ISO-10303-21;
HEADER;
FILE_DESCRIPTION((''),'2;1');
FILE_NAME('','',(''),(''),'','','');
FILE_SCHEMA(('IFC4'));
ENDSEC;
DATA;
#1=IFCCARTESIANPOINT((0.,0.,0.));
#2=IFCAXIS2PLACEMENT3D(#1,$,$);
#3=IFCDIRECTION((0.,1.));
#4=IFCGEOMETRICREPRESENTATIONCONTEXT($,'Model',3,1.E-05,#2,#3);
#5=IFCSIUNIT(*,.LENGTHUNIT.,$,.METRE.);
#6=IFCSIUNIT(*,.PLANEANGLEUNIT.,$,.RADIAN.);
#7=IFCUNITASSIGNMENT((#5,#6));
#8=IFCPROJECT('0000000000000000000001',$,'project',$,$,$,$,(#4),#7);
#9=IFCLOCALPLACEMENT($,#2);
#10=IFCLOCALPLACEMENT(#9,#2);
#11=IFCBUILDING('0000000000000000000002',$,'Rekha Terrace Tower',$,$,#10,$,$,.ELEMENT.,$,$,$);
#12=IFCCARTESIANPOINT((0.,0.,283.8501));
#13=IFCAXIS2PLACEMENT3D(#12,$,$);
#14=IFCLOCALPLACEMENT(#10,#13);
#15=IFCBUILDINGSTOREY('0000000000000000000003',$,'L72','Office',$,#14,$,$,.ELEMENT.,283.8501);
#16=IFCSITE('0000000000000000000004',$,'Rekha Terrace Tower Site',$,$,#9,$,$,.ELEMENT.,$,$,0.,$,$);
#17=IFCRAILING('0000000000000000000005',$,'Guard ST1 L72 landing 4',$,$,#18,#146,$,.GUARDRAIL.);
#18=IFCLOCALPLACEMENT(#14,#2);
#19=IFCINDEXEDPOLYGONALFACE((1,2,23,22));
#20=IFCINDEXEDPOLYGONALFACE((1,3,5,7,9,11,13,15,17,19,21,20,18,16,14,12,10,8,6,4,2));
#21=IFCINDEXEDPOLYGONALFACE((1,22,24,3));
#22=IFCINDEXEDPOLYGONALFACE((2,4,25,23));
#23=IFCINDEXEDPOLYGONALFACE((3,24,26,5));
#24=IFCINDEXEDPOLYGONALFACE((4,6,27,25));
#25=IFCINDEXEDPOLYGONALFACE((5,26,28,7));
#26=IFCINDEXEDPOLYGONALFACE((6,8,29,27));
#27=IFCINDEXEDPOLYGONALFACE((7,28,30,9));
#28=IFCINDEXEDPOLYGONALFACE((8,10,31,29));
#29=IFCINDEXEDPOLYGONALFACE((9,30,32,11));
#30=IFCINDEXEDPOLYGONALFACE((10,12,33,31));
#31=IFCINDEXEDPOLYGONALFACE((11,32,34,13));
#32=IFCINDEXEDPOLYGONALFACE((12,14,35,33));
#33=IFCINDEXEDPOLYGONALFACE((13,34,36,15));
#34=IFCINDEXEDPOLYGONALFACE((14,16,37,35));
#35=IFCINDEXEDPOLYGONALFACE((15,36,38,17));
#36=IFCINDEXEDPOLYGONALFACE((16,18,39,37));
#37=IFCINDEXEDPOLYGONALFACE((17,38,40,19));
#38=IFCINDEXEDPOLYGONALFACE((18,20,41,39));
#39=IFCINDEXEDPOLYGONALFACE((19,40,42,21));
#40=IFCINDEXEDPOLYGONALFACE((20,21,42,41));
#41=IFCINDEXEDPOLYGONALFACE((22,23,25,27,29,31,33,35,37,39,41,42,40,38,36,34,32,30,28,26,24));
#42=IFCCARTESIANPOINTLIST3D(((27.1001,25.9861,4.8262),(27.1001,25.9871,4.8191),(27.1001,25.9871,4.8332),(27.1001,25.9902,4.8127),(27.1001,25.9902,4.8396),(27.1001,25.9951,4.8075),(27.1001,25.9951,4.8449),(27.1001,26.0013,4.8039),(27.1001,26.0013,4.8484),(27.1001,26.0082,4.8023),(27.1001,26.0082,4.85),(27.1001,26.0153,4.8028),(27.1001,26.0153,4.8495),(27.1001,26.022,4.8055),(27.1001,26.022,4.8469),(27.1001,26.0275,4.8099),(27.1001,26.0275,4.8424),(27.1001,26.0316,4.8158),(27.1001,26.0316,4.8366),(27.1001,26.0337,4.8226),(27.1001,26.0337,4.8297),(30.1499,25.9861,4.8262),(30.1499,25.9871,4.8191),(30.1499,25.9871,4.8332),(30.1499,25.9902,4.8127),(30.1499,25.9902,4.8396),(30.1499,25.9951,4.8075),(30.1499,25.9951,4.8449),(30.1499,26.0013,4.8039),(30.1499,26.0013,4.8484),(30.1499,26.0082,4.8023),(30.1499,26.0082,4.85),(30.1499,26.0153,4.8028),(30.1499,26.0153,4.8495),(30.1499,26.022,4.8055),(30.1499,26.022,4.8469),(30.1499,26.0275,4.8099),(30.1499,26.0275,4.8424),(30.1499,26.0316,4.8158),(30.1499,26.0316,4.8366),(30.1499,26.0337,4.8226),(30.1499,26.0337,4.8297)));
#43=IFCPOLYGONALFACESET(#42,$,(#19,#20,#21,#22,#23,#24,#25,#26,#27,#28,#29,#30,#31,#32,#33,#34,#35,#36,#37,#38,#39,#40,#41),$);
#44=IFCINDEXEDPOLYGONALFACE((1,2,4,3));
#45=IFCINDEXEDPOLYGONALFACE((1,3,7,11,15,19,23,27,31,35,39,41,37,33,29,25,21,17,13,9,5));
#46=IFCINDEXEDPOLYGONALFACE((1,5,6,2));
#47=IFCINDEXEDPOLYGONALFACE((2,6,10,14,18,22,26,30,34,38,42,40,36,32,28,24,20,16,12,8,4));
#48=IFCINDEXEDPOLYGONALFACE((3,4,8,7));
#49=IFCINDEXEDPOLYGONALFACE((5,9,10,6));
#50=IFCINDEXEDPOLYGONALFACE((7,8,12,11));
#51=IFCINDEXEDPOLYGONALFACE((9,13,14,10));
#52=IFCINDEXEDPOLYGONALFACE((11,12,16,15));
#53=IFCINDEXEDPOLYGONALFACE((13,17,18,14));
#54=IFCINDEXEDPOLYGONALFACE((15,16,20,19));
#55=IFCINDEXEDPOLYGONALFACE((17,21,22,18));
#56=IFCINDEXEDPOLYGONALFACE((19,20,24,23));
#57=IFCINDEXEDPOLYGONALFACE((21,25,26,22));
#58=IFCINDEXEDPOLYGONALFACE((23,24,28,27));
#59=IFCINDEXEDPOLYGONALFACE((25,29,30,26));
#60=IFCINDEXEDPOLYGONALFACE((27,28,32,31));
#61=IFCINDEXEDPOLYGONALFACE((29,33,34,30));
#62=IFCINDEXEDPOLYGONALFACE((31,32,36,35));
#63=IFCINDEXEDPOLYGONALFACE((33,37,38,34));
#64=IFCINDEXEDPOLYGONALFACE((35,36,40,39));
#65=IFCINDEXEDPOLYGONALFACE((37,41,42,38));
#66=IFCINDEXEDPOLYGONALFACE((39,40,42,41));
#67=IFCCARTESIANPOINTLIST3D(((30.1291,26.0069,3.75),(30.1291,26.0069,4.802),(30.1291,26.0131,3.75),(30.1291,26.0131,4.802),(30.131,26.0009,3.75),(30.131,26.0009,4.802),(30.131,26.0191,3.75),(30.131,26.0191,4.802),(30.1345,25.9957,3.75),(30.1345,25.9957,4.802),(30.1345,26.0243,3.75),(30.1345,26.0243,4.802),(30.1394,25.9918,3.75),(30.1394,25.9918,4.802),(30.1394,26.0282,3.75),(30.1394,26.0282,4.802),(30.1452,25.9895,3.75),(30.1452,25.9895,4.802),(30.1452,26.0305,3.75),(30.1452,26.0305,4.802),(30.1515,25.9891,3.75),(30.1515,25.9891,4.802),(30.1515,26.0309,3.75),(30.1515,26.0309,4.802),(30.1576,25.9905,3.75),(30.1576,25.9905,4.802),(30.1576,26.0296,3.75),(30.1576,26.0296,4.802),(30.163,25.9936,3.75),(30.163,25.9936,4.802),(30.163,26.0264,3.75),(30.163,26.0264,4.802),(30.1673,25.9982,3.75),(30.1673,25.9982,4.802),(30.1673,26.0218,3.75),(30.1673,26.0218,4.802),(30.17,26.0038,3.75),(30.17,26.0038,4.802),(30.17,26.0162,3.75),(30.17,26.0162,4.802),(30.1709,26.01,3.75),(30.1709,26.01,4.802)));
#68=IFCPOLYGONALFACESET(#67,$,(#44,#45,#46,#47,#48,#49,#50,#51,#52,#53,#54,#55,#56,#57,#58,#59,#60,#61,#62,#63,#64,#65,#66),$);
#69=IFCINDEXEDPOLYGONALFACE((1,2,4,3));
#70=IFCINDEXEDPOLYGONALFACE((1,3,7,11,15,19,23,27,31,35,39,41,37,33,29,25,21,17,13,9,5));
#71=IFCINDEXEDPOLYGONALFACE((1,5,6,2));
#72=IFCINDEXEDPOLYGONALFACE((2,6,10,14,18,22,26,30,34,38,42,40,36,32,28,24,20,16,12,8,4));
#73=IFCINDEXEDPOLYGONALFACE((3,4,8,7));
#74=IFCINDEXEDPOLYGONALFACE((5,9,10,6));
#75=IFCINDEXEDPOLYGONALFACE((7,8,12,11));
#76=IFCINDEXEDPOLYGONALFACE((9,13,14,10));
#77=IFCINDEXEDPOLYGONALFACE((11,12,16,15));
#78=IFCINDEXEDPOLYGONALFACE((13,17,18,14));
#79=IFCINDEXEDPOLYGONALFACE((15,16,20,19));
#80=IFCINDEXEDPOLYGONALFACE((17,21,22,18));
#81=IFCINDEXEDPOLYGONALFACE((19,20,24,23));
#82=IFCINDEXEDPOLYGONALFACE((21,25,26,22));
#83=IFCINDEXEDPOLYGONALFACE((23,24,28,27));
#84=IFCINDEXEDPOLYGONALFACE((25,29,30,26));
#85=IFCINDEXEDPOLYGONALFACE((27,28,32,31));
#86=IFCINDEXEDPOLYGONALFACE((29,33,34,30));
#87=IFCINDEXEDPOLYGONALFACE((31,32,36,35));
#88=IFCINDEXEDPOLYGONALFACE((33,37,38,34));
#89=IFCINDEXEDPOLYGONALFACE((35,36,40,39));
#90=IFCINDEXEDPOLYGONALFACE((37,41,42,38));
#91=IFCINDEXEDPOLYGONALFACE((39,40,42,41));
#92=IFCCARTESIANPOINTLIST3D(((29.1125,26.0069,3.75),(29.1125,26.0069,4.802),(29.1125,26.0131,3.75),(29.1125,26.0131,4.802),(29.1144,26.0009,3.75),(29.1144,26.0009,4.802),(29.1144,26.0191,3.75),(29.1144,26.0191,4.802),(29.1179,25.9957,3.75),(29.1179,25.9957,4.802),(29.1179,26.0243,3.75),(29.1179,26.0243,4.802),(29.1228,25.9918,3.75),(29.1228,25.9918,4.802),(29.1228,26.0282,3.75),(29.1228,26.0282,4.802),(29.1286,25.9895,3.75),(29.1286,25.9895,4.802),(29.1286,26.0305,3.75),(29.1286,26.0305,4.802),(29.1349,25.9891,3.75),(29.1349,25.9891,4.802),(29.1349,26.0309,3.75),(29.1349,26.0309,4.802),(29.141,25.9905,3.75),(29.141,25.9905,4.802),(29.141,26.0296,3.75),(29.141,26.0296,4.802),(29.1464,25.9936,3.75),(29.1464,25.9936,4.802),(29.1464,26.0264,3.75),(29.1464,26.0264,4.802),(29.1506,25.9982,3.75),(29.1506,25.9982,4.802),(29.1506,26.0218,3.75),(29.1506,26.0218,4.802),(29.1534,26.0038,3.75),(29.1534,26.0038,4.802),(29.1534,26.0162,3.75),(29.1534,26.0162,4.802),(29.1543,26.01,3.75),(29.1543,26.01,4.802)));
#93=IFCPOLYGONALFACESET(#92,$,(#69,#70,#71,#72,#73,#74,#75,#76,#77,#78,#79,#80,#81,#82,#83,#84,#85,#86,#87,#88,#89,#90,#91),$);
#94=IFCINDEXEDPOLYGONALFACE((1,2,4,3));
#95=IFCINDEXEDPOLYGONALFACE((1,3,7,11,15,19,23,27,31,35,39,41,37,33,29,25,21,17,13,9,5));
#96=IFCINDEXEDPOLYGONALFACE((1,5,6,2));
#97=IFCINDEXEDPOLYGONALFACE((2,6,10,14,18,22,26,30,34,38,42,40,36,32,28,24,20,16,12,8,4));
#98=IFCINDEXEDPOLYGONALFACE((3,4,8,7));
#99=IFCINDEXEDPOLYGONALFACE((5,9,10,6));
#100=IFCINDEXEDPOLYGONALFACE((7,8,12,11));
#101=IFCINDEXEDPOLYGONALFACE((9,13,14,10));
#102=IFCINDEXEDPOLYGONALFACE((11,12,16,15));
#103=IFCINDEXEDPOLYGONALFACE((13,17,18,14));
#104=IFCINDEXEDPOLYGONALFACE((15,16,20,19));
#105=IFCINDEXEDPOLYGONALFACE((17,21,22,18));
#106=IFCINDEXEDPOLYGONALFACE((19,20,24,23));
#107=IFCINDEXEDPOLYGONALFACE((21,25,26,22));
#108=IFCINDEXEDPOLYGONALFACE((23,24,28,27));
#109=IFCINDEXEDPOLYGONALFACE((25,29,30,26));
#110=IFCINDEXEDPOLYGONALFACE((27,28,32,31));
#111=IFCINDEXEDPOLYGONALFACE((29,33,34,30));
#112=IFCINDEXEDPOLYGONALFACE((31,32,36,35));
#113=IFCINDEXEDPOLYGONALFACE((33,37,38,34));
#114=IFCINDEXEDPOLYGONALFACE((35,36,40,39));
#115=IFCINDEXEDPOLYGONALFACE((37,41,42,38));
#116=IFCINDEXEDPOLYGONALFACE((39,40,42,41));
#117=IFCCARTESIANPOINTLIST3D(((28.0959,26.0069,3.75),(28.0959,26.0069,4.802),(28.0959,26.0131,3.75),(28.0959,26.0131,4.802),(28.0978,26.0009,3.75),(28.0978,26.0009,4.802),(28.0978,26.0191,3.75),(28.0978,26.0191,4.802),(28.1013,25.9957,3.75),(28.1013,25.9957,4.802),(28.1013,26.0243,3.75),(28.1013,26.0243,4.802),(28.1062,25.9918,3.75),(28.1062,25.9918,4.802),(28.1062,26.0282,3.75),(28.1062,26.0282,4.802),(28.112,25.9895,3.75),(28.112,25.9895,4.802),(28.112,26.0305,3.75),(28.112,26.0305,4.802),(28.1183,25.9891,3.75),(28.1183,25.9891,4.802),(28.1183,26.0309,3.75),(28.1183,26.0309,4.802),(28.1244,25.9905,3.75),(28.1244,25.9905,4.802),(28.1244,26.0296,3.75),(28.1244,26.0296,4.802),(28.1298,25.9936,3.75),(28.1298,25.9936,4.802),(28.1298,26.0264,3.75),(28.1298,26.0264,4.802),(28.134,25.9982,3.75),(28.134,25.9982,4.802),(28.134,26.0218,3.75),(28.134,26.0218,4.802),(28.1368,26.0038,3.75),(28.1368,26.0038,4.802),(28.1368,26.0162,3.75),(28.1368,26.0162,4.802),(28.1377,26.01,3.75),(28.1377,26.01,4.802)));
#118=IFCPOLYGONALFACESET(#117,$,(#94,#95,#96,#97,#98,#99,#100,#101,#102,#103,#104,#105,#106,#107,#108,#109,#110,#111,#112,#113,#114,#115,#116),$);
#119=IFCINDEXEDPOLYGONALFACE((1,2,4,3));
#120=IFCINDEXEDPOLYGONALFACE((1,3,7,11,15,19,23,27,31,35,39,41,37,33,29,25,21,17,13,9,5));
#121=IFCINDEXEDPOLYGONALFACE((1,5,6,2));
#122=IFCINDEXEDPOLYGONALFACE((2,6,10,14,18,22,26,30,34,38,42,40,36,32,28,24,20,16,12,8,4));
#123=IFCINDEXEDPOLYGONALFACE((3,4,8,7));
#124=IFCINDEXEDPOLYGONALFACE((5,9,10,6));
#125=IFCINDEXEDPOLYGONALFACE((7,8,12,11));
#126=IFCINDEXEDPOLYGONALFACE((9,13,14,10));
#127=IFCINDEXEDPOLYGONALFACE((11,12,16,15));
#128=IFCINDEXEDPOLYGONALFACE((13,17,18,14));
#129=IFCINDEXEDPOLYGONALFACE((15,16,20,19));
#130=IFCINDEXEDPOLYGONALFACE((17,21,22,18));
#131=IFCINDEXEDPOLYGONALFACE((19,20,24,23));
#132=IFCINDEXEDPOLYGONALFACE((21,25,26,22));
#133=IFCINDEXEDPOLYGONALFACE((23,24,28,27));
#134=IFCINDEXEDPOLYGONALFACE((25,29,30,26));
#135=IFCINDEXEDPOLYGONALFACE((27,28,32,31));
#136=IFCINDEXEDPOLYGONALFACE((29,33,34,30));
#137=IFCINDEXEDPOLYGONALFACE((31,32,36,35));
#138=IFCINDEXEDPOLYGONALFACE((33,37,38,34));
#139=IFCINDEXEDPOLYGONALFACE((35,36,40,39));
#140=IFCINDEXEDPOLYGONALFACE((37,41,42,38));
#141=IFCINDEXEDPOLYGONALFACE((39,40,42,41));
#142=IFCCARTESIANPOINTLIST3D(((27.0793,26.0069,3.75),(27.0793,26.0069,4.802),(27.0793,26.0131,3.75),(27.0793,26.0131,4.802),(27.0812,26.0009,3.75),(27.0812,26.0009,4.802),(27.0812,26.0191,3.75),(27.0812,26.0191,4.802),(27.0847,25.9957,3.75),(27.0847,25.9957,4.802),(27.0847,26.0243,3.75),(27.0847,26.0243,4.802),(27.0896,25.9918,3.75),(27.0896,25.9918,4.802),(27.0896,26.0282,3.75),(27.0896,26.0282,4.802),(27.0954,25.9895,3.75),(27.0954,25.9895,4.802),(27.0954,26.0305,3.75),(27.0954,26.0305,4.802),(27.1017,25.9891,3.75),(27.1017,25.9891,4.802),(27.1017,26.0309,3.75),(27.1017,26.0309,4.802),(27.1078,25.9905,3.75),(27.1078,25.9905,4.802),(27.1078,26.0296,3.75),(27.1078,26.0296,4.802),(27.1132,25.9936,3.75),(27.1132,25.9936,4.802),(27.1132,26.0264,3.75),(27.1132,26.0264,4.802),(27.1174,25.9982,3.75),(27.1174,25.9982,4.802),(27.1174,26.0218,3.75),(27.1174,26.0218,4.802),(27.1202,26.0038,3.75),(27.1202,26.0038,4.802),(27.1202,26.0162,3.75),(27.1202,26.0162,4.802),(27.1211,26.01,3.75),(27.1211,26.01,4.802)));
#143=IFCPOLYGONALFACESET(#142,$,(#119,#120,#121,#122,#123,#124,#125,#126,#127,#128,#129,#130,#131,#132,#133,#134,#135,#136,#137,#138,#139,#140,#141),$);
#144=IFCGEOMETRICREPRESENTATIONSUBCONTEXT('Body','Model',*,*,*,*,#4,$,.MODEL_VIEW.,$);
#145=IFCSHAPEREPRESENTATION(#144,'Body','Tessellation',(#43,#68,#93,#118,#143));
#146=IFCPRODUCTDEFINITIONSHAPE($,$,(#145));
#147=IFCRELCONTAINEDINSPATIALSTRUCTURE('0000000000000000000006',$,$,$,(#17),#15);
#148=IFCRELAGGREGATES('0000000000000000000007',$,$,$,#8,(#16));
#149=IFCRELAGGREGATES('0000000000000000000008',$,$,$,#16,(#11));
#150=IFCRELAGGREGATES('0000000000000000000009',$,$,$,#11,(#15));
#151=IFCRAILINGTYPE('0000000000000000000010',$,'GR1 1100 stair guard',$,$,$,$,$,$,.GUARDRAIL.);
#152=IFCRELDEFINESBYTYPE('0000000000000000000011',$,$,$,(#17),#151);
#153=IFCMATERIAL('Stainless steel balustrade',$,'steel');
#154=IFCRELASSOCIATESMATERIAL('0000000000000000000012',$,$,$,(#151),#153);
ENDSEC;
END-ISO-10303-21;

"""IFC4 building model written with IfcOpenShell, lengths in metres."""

from ifc_helpers import new_model, si_unit, direction, frame, origin, origin_2d, place, context, subcontext, project, spatial, circle, extrude, material, type_object, element, save


model = new_model("IFC4")

# Units and contexts
model_context = context("Model", 3, precision=1e-05, world=origin(), true_north=direction((0.0, 1.0)))
body_context = subcontext(model_context, "Body", "Model", "MODEL_VIEW")
ifc_project = project(units=[si_unit("LENGTHUNIT", "METRE"), si_unit("PLANEANGLEUNIT", "RADIAN")], contexts=[model_context])

# Site, building, storey
site_placement = place(None, origin())
site = spatial("IfcSite", under=ifc_project, at=site_placement, Name="Rekha Terrace Tower Site", CompositionType="ELEMENT", RefElevation=0.0)
building_placement = place(site_placement, origin())
building = spatial("IfcBuilding", under=site, at=building_placement, Name="Rekha Terrace Tower", CompositionType="ELEMENT")
storey_placement = place(building_placement, frame((0.0, 0.0, 283.8501)))
storey = spatial("IfcBuildingStorey", under=building, at=storey_placement, Name="L72", Description="Office", CompositionType="ELEMENT", Elevation=283.8501)

# Railing
ifc_material_1 = material(Name="Stainless steel balustrade", Category="steel")
railing_type_1 = type_object("IfcRailingType", Name="GR1 1100 stair guard", PredefinedType="GUARDRAIL", material=ifc_material_1)
railing_1_placement = place(storey_placement, frame((30.1499, 26.01, 3.75)))
element("IfcRailing", 1, at=railing_1_placement, inside=storey, type_object=railing_type_1, Name="Guard ST1 L72 landing 4", PredefinedType="GUARDRAIL", context=body_context, shape_type="SweptSolid", body=[
    extrude(circle(Radius=0.0239, at=origin_2d()), frame((0.0, 0.0, 1.0762), z_axis=(-1.0, 0.0, 0.0), x_axis=(0.0, -1.0, 0.0)), (0.0, 0.0, 1.0), 3.0498),
    extrude(circle(Radius=0.021, at=origin_2d()), origin(), (0.0, 0.0, 1.0), 1.052),
    extrude(circle(Radius=0.021, at=origin_2d()), frame((-1.0166, 0.0, 0.0)), (0.0, 0.0, 1.0), 1.052),
    extrude(circle(Radius=0.021, at=origin_2d()), frame((-2.0332, 0.0, 0.0)), (0.0, 0.0, 1.0), 1.052),
    extrude(circle(Radius=0.021, at=origin_2d()), frame((-3.0498, 0.0, 0.0)), (0.0, 0.0, 1.0), 1.052),
])

save(model, "model.ifc")
